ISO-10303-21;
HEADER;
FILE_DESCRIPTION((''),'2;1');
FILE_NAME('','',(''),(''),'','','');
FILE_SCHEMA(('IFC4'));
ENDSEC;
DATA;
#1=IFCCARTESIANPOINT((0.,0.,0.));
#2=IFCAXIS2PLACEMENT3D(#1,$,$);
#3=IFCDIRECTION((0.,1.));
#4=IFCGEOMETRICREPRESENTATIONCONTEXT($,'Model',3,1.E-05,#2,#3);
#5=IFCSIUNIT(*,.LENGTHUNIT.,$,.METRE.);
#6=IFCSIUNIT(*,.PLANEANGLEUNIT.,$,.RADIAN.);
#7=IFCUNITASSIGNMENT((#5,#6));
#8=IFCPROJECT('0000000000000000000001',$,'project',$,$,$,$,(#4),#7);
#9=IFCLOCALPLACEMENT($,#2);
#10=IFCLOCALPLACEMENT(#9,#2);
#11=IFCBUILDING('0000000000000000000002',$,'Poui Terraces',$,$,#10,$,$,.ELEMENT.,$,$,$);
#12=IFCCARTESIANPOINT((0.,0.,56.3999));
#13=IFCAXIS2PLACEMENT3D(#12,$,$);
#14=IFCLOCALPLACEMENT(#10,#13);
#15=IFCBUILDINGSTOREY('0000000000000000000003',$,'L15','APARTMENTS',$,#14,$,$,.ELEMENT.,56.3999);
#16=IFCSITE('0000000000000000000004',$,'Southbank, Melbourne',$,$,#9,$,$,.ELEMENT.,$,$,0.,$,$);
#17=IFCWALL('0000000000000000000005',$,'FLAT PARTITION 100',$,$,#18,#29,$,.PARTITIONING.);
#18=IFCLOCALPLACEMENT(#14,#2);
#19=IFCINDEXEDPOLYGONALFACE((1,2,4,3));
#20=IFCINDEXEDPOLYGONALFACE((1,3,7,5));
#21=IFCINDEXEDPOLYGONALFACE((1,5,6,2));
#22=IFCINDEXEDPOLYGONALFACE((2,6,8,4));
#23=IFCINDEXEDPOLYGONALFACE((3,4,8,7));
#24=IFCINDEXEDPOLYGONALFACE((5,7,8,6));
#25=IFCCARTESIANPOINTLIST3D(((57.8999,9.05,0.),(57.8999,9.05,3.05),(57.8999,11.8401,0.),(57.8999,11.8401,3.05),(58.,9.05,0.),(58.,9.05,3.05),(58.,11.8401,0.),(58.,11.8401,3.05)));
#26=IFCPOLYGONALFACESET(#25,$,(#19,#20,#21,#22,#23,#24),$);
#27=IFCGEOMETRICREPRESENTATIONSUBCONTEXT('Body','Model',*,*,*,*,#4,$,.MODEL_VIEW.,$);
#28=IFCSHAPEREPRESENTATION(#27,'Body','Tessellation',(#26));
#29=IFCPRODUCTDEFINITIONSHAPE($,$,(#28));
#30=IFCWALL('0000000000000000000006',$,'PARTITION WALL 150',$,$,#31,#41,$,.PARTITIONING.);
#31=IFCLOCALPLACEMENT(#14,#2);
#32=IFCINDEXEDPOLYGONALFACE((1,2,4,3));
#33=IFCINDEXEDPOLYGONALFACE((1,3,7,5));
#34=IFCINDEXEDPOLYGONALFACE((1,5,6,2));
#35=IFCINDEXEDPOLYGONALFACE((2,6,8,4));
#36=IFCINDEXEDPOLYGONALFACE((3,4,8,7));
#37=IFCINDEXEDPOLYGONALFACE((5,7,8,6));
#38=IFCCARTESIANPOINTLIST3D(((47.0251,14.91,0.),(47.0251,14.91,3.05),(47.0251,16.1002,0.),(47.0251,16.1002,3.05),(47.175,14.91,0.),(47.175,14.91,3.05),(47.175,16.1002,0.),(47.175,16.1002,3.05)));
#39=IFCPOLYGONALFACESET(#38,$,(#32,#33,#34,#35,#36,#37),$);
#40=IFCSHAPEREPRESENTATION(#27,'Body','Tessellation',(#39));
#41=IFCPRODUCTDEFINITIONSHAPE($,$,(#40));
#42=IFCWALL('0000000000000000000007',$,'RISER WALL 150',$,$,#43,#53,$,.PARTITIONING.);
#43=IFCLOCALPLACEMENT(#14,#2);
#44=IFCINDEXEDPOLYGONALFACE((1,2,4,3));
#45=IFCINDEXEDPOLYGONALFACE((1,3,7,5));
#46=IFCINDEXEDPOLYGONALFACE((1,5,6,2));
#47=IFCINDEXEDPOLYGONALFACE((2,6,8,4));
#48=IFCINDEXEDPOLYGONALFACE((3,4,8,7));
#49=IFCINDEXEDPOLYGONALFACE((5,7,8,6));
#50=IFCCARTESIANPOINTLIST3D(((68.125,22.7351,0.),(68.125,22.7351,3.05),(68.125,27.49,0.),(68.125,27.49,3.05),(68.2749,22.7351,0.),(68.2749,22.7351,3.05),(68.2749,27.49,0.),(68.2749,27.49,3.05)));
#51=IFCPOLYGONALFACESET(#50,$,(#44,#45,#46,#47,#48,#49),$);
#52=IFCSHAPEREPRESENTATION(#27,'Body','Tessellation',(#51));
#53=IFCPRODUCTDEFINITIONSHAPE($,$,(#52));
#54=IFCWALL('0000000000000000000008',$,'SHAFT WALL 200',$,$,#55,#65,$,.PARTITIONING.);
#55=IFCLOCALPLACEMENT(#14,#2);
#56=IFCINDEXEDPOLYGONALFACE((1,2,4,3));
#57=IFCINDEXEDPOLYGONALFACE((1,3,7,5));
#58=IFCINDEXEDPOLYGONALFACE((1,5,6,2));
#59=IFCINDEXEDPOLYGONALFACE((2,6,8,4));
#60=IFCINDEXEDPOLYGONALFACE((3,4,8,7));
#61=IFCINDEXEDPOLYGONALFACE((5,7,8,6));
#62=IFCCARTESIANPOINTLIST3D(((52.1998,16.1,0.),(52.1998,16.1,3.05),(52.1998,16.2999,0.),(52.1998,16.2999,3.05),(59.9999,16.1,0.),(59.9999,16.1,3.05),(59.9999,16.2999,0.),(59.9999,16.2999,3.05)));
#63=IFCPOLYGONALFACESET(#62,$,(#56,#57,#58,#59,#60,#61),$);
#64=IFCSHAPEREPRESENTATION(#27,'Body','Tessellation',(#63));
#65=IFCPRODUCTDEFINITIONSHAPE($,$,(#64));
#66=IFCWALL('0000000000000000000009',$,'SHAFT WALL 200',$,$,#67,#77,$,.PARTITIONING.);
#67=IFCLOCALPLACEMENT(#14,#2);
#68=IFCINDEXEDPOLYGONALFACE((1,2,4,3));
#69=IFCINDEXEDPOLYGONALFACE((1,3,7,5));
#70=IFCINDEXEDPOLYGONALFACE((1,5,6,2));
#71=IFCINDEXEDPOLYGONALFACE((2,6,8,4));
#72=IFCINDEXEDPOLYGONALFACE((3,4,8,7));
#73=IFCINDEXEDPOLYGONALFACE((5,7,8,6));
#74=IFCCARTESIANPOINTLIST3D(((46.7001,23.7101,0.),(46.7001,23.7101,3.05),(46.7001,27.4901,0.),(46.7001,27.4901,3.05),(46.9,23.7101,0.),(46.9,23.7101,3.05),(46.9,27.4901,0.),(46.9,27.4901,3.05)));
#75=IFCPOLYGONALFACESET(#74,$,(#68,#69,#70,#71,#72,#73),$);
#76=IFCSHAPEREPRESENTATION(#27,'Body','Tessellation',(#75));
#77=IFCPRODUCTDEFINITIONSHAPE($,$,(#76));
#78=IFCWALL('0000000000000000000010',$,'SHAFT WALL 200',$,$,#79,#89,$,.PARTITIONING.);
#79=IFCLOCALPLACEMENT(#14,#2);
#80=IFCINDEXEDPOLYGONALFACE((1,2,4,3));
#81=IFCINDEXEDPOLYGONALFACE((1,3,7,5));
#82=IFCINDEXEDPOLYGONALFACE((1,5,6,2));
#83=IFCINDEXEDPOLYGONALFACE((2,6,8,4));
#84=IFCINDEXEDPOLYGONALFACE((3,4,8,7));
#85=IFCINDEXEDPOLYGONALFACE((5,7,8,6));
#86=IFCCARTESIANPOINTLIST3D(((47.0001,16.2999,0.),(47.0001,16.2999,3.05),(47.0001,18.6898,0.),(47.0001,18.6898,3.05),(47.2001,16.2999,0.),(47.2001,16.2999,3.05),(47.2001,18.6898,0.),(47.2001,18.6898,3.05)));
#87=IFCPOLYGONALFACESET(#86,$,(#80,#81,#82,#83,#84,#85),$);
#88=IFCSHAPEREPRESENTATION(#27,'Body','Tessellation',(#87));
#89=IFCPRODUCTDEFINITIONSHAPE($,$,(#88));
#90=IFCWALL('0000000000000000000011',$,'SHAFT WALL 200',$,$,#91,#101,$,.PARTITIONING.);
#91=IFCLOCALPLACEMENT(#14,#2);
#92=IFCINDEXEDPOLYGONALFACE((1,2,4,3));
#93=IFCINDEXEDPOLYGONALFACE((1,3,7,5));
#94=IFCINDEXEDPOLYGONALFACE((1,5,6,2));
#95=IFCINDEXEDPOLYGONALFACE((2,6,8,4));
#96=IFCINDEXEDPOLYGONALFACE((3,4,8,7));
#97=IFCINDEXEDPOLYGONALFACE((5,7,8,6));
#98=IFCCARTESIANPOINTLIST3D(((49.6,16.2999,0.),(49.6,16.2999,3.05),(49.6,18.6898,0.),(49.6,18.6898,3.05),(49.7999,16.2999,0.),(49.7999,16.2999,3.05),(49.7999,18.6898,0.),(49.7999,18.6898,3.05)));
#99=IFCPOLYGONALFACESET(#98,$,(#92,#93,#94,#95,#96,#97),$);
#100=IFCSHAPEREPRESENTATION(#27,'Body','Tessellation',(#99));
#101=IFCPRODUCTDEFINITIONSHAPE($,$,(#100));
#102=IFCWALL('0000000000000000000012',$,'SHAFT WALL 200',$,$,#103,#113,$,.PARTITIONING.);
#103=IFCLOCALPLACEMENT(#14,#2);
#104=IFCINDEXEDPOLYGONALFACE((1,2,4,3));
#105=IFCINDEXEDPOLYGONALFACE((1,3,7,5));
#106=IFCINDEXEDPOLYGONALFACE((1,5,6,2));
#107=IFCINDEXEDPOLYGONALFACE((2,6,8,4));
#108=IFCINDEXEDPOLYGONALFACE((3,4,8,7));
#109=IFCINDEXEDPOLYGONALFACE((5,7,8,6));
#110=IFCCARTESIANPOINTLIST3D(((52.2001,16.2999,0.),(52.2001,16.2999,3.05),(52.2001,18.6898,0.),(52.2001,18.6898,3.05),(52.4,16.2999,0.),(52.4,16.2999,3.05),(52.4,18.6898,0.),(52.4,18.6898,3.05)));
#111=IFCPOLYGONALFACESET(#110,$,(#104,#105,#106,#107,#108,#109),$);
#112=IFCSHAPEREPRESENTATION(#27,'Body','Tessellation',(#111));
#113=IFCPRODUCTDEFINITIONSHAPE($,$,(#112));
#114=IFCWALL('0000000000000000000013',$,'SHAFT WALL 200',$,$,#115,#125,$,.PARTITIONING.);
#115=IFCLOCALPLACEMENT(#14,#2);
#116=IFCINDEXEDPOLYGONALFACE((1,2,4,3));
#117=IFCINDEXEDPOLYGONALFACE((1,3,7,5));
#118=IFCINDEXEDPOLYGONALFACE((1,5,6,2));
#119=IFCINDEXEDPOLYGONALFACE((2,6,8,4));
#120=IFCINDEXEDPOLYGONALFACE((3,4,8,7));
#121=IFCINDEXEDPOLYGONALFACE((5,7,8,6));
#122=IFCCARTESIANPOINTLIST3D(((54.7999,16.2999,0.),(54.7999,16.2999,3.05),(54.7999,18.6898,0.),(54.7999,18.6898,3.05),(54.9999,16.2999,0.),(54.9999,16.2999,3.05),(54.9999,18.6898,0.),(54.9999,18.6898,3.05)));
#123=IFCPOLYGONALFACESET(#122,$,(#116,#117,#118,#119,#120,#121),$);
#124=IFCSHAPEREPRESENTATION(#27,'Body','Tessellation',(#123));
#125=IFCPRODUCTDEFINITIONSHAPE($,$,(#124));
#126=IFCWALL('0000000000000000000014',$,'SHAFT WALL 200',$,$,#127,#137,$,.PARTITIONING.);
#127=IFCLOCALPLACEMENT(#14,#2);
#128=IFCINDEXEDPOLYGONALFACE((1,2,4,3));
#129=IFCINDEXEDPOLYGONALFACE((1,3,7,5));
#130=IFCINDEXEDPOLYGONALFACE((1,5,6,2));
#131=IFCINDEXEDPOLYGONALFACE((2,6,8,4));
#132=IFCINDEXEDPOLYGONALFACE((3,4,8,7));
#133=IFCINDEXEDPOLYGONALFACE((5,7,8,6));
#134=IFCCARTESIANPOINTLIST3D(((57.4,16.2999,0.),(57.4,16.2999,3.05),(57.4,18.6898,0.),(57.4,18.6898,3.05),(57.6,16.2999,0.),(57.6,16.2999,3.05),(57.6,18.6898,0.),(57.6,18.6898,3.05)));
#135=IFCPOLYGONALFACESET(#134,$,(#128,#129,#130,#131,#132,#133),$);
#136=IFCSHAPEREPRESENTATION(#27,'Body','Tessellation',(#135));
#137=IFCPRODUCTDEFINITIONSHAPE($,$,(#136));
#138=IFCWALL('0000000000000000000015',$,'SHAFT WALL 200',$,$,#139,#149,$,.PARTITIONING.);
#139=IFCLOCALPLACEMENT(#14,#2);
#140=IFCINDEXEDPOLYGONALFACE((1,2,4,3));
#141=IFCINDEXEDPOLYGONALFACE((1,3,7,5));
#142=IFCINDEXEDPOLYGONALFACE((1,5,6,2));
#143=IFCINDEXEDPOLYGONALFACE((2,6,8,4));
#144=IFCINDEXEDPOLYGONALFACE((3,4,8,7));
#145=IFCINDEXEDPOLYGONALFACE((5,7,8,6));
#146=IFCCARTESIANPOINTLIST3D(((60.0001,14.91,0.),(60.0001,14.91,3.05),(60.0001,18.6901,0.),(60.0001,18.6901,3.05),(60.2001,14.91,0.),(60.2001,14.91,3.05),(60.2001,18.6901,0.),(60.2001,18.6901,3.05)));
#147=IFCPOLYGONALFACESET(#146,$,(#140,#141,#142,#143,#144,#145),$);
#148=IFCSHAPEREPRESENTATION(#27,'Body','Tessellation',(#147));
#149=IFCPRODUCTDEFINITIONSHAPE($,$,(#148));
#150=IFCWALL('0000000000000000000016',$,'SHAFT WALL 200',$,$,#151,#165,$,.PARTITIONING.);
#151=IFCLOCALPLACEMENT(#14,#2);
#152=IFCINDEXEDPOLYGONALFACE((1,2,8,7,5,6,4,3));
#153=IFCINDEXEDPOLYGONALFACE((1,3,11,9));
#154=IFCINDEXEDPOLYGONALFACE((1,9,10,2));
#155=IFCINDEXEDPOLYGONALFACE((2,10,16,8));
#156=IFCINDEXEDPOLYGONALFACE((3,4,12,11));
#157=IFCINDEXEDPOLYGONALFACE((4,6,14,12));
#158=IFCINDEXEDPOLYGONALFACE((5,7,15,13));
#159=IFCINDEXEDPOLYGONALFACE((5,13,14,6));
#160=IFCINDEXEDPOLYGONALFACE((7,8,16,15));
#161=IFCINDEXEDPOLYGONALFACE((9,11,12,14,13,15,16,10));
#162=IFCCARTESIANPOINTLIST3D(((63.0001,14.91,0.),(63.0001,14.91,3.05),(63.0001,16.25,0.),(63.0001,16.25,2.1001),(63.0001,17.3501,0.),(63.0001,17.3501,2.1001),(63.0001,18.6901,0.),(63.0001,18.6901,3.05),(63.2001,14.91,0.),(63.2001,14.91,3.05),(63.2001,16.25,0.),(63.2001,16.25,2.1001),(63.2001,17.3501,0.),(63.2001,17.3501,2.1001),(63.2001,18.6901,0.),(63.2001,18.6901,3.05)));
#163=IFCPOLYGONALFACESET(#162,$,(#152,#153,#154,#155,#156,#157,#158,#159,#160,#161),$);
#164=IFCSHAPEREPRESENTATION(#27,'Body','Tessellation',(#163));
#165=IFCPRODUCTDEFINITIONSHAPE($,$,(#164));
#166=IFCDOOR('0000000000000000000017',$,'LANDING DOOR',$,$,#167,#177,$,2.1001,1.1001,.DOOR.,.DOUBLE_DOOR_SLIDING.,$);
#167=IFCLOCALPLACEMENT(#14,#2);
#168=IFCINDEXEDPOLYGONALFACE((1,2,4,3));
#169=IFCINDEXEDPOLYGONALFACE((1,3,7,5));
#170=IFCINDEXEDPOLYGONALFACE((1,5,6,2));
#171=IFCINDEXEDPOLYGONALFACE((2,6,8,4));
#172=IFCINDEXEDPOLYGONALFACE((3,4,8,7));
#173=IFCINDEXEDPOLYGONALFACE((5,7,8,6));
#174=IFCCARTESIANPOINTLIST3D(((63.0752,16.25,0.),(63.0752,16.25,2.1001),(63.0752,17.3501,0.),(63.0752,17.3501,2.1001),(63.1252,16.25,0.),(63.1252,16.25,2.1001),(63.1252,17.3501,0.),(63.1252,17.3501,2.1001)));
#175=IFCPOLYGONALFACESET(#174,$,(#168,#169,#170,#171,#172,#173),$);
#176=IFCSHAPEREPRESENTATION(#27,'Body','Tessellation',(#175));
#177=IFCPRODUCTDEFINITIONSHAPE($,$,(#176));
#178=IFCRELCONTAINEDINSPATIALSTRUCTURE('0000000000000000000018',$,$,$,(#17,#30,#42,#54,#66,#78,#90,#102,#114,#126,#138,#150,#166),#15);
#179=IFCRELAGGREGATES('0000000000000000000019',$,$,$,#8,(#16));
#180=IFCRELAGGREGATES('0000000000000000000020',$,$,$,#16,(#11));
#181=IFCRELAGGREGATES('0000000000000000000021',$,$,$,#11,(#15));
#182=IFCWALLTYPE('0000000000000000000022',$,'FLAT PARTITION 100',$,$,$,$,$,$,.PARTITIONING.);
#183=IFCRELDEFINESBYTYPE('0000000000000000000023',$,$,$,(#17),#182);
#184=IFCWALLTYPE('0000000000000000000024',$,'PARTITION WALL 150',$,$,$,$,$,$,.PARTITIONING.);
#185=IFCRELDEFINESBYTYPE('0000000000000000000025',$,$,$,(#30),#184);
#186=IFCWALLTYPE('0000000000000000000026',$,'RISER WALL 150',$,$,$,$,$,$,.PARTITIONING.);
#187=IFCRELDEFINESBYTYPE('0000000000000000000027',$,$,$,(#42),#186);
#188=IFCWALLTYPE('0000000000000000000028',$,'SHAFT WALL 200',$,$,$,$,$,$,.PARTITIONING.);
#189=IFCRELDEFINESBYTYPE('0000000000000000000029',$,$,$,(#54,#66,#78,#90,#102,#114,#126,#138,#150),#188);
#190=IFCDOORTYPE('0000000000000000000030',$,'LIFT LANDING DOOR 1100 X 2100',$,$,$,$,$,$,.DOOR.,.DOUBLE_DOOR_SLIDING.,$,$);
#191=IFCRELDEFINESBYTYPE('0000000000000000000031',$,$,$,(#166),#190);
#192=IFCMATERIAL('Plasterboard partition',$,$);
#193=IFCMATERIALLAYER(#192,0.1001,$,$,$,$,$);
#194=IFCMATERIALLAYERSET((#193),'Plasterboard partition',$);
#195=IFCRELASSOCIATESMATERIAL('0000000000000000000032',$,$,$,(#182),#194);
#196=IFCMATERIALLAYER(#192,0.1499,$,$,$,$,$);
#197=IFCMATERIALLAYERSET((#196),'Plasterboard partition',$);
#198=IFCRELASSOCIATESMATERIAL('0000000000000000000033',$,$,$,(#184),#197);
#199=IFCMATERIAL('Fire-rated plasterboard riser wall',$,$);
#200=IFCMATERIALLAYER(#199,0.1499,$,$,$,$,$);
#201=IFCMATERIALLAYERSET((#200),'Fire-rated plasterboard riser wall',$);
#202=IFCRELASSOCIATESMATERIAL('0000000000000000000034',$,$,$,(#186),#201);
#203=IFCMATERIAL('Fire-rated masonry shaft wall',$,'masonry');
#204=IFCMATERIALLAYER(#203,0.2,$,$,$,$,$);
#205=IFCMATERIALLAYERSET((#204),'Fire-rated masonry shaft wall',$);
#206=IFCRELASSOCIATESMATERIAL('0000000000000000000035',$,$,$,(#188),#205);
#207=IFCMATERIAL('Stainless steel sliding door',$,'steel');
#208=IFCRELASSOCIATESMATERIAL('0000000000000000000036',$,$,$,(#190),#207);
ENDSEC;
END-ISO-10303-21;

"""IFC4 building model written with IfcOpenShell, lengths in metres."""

from ifc_helpers import new_model, si_unit, direction, frame, frame_2d, origin, place, context, subcontext, project, spatial, rectangle, extrude, material, layer, layer_set, type_object, element, fill, save


model = new_model("IFC4")

# Units and contexts
model_context = context("Model", 3, precision=1e-05, world=origin(), true_north=direction((0.0, 1.0)))
body_context = subcontext(model_context, "Body", "Model", "MODEL_VIEW")
ifc_project = project(units=[si_unit("LENGTHUNIT", "METRE"), si_unit("PLANEANGLEUNIT", "RADIAN")], contexts=[model_context])

# Site, building, storey
site_placement = place(None, origin())
site = spatial("IfcSite", under=ifc_project, at=site_placement, Name="Southbank, Melbourne", CompositionType="ELEMENT", RefElevation=0.0)
building_placement = place(site_placement, origin())
building = spatial("IfcBuilding", under=site, at=building_placement, Name="Poui Terraces", CompositionType="ELEMENT")
storey_placement = place(building_placement, frame((0.0, 0.0, 56.3999)))
storey = spatial("IfcBuildingStorey", under=building, at=storey_placement, Name="L15", Description="APARTMENTS", CompositionType="ELEMENT", Elevation=56.3999)

# Walls
ifc_material_1 = material(Name="Plasterboard partition")
ifc_layer_1 = layer(ifc_material_1, 0.1001)
ifc_layer_set_1 = layer_set([ifc_layer_1], Name="Plasterboard partition")
wall_type_1 = type_object("IfcWallType", Name="FLAT PARTITION 100", PredefinedType="PARTITIONING", material=ifc_layer_set_1)
wall_1_placement = place(storey_placement, frame((57.95, 9.05, 0.0), z_axis=(0.0, 0.0, 1.0), x_axis=(0.0, 1.0, 0.0)))
element("IfcWall", 1, at=wall_1_placement, inside=storey, type_object=wall_type_1, Name="FLAT PARTITION 100", PredefinedType="PARTITIONING", context=body_context, shape_type="SweptSolid", body=[
    extrude(rectangle(XDim=2.79, YDim=0.1001, at=frame_2d((1.395, 0.0))), origin(), (0.0, 0.0, 1.0), 3.05),
])
ifc_layer_2 = layer(ifc_material_1, 0.1499)
ifc_layer_set_2 = layer_set([ifc_layer_2], Name="Plasterboard partition")
wall_type_2 = type_object("IfcWallType", Name="PARTITION WALL 150", PredefinedType="PARTITIONING", material=ifc_layer_set_2)
wall_2_placement = place(storey_placement, frame((47.1001, 14.9099, 0.0), z_axis=(0.0, 0.0, 1.0), x_axis=(0.0, 1.0, 0.0)))
element("IfcWall", 2, at=wall_2_placement, inside=storey, type_object=wall_type_2, Name="PARTITION WALL 150", PredefinedType="PARTITIONING", context=body_context, shape_type="SweptSolid", body=[
    extrude(rectangle(XDim=1.1902, YDim=0.1499, at=frame_2d((0.5952, 0.0))), origin(), (0.0, 0.0, 1.0), 3.05),
])
ifc_material_2 = material(Name="Fire-rated plasterboard riser wall")
ifc_layer_3 = layer(ifc_material_2, 0.1499)
ifc_layer_set_3 = layer_set([ifc_layer_3], Name="Fire-rated plasterboard riser wall")
wall_type_3 = type_object("IfcWallType", Name="RISER WALL 150", PredefinedType="PARTITIONING", material=ifc_layer_set_3)
wall_3_placement = place(storey_placement, frame((68.2, 22.7351, 0.0), z_axis=(0.0, 0.0, 1.0), x_axis=(0.0, 1.0, 0.0)))
element("IfcWall", 3, at=wall_3_placement, inside=storey, type_object=wall_type_3, Name="RISER WALL 150", PredefinedType="PARTITIONING", context=body_context, shape_type="SweptSolid", body=[
    extrude(rectangle(XDim=4.7549, YDim=0.1499, at=frame_2d((2.3774, 0.0))), origin(), (0.0, 0.0, 1.0), 3.05),
])
ifc_material_3 = material(Name="Fire-rated masonry shaft wall", Category="masonry")
ifc_layer_4 = layer(ifc_material_3, 0.2)
ifc_layer_set_4 = layer_set([ifc_layer_4], Name="Fire-rated masonry shaft wall")
wall_type_4 = type_object("IfcWallType", Name="SHAFT WALL 200", PredefinedType="PARTITIONING", material=ifc_layer_set_4)
wall_4_placement = place(storey_placement, frame((52.2, 16.2, 0.0), z_axis=(0.0, 0.0, 1.0), x_axis=(1.0, 0.0, 0.0)))
element("IfcWall", 4, at=wall_4_placement, inside=storey, type_object=wall_type_4, Name="SHAFT WALL 200", PredefinedType="PARTITIONING", context=body_context, shape_type="SweptSolid", body=[
    extrude(rectangle(XDim=7.8, YDim=0.2, at=frame_2d((3.8999, 0.0))), origin(), (0.0, 0.0, 1.0), 3.05),
])
wall_5_placement = place(storey_placement, frame((46.8, 23.71, 0.0), z_axis=(0.0, 0.0, 1.0), x_axis=(0.0, 1.0, 0.0)))
element("IfcWall", 5, at=wall_5_placement, inside=storey, type_object=wall_type_4, Name="SHAFT WALL 200", PredefinedType="PARTITIONING", context=body_context, shape_type="SweptSolid", body=[
    extrude(rectangle(XDim=3.78, YDim=0.2, at=frame_2d((1.8901, 0.0))), origin(), (0.0, 0.0, 1.0), 3.05),
])
for number, where, z_axis, x_axis, name in (
    (6, (47.1001, 16.3, 0.0), (0.0, 0.0, 1.0), (0.0, 1.0, 0.0), "SHAFT WALL 200"),
    (7, (49.7, 16.3, 0.0), (0.0, 0.0, 1.0), (0.0, 1.0, 0.0), "SHAFT WALL 200"),
    (8, (52.3, 16.3, 0.0), (0.0, 0.0, 1.0), (0.0, 1.0, 0.0), "SHAFT WALL 200"),
    (9, (54.8999, 16.3, 0.0), (0.0, 0.0, 1.0), (0.0, 1.0, 0.0), "SHAFT WALL 200"),
    (10, (57.5, 16.3, 0.0), (0.0, 0.0, 1.0), (0.0, 1.0, 0.0), "SHAFT WALL 200"),
):
    element("IfcWall", number, at=place(storey_placement, frame(where, z_axis=z_axis, x_axis=x_axis)), inside=storey, type_object=wall_type_4, Name=name, PredefinedType="PARTITIONING", context=body_context, shape_type="SweptSolid", body=[
        extrude(rectangle(XDim=2.3899, YDim=0.2, at=frame_2d((1.1948, 0.0))), origin(), (0.0, 0.0, 1.0), 3.05),
    ])
wall_6_placement = place(storey_placement, frame((60.1001, 14.9099, 0.0), z_axis=(0.0, 0.0, 1.0), x_axis=(0.0, 1.0, 0.0)))
element("IfcWall", 11, at=wall_6_placement, inside=storey, type_object=wall_type_4, Name="SHAFT WALL 200", PredefinedType="PARTITIONING", context=body_context, shape_type="SweptSolid", body=[
    extrude(rectangle(XDim=3.78, YDim=0.2, at=frame_2d((1.8901, 0.0))), origin(), (0.0, 0.0, 1.0), 3.05),
])

# Wall, opening, door
wall_7_placement = place(storey_placement, frame((63.1001, 14.9099, 0.0), z_axis=(0.0, 0.0, 1.0), x_axis=(0.0, 1.0, 0.0)))
wall_7 = element("IfcWall", 12, at=wall_7_placement, inside=storey, type_object=wall_type_4, Name="SHAFT WALL 200", PredefinedType="PARTITIONING", context=body_context, shape_type="SweptSolid", body=[
    extrude(rectangle(XDim=3.78, YDim=0.2, at=frame_2d((1.8901, 0.0))), origin(), (0.0, 0.0, 1.0), 3.05),
])
opening_1_placement = place(wall_7_placement, frame((1.3401, 0.0, 0.0)))
opening_1 = element("IfcOpeningElement", 13, at=opening_1_placement, cuts=wall_7, PredefinedType="OPENING", context=body_context, shape_type="SweptSolid", body=[
    extrude(rectangle(XDim=1.1001, YDim=2.1001, at=frame_2d((0.55, 1.05))), frame((0.0, 0.1099, 0.0), z_axis=(0.0, -1.0, 0.0), x_axis=(1.0, 0.0, 0.0)), (0.0, 0.0, 1.0), 0.22),
])
ifc_material_4 = material(Name="Stainless steel sliding door", Category="steel")
door_type_1 = type_object("IfcDoorType", Name="LIFT LANDING DOOR 1100 X 2100", OperationType="DOUBLE_DOOR_SLIDING", PredefinedType="DOOR", material=ifc_material_4)
door_1_placement = place(opening_1_placement, origin())
door_1 = element("IfcDoor", 14, at=door_1_placement, inside=storey, type_object=door_type_1, Name="LANDING DOOR", OperationType="DOUBLE_DOOR_SLIDING", OverallHeight=2.1001, OverallWidth=1.1001, PredefinedType="DOOR", context=body_context, shape_type="SweptSolid", body=[
    extrude(rectangle(XDim=1.1001, YDim=2.1001, at=frame_2d((0.55, 1.05))), frame((0.0, 0.0249, 0.0), z_axis=(0.0, -1.0, 0.0), x_axis=(1.0, 0.0, 0.0)), (0.0, 0.0, 1.0), 0.05),
])
fill(opening_1, door_1)

save(model, "model.ifc")
